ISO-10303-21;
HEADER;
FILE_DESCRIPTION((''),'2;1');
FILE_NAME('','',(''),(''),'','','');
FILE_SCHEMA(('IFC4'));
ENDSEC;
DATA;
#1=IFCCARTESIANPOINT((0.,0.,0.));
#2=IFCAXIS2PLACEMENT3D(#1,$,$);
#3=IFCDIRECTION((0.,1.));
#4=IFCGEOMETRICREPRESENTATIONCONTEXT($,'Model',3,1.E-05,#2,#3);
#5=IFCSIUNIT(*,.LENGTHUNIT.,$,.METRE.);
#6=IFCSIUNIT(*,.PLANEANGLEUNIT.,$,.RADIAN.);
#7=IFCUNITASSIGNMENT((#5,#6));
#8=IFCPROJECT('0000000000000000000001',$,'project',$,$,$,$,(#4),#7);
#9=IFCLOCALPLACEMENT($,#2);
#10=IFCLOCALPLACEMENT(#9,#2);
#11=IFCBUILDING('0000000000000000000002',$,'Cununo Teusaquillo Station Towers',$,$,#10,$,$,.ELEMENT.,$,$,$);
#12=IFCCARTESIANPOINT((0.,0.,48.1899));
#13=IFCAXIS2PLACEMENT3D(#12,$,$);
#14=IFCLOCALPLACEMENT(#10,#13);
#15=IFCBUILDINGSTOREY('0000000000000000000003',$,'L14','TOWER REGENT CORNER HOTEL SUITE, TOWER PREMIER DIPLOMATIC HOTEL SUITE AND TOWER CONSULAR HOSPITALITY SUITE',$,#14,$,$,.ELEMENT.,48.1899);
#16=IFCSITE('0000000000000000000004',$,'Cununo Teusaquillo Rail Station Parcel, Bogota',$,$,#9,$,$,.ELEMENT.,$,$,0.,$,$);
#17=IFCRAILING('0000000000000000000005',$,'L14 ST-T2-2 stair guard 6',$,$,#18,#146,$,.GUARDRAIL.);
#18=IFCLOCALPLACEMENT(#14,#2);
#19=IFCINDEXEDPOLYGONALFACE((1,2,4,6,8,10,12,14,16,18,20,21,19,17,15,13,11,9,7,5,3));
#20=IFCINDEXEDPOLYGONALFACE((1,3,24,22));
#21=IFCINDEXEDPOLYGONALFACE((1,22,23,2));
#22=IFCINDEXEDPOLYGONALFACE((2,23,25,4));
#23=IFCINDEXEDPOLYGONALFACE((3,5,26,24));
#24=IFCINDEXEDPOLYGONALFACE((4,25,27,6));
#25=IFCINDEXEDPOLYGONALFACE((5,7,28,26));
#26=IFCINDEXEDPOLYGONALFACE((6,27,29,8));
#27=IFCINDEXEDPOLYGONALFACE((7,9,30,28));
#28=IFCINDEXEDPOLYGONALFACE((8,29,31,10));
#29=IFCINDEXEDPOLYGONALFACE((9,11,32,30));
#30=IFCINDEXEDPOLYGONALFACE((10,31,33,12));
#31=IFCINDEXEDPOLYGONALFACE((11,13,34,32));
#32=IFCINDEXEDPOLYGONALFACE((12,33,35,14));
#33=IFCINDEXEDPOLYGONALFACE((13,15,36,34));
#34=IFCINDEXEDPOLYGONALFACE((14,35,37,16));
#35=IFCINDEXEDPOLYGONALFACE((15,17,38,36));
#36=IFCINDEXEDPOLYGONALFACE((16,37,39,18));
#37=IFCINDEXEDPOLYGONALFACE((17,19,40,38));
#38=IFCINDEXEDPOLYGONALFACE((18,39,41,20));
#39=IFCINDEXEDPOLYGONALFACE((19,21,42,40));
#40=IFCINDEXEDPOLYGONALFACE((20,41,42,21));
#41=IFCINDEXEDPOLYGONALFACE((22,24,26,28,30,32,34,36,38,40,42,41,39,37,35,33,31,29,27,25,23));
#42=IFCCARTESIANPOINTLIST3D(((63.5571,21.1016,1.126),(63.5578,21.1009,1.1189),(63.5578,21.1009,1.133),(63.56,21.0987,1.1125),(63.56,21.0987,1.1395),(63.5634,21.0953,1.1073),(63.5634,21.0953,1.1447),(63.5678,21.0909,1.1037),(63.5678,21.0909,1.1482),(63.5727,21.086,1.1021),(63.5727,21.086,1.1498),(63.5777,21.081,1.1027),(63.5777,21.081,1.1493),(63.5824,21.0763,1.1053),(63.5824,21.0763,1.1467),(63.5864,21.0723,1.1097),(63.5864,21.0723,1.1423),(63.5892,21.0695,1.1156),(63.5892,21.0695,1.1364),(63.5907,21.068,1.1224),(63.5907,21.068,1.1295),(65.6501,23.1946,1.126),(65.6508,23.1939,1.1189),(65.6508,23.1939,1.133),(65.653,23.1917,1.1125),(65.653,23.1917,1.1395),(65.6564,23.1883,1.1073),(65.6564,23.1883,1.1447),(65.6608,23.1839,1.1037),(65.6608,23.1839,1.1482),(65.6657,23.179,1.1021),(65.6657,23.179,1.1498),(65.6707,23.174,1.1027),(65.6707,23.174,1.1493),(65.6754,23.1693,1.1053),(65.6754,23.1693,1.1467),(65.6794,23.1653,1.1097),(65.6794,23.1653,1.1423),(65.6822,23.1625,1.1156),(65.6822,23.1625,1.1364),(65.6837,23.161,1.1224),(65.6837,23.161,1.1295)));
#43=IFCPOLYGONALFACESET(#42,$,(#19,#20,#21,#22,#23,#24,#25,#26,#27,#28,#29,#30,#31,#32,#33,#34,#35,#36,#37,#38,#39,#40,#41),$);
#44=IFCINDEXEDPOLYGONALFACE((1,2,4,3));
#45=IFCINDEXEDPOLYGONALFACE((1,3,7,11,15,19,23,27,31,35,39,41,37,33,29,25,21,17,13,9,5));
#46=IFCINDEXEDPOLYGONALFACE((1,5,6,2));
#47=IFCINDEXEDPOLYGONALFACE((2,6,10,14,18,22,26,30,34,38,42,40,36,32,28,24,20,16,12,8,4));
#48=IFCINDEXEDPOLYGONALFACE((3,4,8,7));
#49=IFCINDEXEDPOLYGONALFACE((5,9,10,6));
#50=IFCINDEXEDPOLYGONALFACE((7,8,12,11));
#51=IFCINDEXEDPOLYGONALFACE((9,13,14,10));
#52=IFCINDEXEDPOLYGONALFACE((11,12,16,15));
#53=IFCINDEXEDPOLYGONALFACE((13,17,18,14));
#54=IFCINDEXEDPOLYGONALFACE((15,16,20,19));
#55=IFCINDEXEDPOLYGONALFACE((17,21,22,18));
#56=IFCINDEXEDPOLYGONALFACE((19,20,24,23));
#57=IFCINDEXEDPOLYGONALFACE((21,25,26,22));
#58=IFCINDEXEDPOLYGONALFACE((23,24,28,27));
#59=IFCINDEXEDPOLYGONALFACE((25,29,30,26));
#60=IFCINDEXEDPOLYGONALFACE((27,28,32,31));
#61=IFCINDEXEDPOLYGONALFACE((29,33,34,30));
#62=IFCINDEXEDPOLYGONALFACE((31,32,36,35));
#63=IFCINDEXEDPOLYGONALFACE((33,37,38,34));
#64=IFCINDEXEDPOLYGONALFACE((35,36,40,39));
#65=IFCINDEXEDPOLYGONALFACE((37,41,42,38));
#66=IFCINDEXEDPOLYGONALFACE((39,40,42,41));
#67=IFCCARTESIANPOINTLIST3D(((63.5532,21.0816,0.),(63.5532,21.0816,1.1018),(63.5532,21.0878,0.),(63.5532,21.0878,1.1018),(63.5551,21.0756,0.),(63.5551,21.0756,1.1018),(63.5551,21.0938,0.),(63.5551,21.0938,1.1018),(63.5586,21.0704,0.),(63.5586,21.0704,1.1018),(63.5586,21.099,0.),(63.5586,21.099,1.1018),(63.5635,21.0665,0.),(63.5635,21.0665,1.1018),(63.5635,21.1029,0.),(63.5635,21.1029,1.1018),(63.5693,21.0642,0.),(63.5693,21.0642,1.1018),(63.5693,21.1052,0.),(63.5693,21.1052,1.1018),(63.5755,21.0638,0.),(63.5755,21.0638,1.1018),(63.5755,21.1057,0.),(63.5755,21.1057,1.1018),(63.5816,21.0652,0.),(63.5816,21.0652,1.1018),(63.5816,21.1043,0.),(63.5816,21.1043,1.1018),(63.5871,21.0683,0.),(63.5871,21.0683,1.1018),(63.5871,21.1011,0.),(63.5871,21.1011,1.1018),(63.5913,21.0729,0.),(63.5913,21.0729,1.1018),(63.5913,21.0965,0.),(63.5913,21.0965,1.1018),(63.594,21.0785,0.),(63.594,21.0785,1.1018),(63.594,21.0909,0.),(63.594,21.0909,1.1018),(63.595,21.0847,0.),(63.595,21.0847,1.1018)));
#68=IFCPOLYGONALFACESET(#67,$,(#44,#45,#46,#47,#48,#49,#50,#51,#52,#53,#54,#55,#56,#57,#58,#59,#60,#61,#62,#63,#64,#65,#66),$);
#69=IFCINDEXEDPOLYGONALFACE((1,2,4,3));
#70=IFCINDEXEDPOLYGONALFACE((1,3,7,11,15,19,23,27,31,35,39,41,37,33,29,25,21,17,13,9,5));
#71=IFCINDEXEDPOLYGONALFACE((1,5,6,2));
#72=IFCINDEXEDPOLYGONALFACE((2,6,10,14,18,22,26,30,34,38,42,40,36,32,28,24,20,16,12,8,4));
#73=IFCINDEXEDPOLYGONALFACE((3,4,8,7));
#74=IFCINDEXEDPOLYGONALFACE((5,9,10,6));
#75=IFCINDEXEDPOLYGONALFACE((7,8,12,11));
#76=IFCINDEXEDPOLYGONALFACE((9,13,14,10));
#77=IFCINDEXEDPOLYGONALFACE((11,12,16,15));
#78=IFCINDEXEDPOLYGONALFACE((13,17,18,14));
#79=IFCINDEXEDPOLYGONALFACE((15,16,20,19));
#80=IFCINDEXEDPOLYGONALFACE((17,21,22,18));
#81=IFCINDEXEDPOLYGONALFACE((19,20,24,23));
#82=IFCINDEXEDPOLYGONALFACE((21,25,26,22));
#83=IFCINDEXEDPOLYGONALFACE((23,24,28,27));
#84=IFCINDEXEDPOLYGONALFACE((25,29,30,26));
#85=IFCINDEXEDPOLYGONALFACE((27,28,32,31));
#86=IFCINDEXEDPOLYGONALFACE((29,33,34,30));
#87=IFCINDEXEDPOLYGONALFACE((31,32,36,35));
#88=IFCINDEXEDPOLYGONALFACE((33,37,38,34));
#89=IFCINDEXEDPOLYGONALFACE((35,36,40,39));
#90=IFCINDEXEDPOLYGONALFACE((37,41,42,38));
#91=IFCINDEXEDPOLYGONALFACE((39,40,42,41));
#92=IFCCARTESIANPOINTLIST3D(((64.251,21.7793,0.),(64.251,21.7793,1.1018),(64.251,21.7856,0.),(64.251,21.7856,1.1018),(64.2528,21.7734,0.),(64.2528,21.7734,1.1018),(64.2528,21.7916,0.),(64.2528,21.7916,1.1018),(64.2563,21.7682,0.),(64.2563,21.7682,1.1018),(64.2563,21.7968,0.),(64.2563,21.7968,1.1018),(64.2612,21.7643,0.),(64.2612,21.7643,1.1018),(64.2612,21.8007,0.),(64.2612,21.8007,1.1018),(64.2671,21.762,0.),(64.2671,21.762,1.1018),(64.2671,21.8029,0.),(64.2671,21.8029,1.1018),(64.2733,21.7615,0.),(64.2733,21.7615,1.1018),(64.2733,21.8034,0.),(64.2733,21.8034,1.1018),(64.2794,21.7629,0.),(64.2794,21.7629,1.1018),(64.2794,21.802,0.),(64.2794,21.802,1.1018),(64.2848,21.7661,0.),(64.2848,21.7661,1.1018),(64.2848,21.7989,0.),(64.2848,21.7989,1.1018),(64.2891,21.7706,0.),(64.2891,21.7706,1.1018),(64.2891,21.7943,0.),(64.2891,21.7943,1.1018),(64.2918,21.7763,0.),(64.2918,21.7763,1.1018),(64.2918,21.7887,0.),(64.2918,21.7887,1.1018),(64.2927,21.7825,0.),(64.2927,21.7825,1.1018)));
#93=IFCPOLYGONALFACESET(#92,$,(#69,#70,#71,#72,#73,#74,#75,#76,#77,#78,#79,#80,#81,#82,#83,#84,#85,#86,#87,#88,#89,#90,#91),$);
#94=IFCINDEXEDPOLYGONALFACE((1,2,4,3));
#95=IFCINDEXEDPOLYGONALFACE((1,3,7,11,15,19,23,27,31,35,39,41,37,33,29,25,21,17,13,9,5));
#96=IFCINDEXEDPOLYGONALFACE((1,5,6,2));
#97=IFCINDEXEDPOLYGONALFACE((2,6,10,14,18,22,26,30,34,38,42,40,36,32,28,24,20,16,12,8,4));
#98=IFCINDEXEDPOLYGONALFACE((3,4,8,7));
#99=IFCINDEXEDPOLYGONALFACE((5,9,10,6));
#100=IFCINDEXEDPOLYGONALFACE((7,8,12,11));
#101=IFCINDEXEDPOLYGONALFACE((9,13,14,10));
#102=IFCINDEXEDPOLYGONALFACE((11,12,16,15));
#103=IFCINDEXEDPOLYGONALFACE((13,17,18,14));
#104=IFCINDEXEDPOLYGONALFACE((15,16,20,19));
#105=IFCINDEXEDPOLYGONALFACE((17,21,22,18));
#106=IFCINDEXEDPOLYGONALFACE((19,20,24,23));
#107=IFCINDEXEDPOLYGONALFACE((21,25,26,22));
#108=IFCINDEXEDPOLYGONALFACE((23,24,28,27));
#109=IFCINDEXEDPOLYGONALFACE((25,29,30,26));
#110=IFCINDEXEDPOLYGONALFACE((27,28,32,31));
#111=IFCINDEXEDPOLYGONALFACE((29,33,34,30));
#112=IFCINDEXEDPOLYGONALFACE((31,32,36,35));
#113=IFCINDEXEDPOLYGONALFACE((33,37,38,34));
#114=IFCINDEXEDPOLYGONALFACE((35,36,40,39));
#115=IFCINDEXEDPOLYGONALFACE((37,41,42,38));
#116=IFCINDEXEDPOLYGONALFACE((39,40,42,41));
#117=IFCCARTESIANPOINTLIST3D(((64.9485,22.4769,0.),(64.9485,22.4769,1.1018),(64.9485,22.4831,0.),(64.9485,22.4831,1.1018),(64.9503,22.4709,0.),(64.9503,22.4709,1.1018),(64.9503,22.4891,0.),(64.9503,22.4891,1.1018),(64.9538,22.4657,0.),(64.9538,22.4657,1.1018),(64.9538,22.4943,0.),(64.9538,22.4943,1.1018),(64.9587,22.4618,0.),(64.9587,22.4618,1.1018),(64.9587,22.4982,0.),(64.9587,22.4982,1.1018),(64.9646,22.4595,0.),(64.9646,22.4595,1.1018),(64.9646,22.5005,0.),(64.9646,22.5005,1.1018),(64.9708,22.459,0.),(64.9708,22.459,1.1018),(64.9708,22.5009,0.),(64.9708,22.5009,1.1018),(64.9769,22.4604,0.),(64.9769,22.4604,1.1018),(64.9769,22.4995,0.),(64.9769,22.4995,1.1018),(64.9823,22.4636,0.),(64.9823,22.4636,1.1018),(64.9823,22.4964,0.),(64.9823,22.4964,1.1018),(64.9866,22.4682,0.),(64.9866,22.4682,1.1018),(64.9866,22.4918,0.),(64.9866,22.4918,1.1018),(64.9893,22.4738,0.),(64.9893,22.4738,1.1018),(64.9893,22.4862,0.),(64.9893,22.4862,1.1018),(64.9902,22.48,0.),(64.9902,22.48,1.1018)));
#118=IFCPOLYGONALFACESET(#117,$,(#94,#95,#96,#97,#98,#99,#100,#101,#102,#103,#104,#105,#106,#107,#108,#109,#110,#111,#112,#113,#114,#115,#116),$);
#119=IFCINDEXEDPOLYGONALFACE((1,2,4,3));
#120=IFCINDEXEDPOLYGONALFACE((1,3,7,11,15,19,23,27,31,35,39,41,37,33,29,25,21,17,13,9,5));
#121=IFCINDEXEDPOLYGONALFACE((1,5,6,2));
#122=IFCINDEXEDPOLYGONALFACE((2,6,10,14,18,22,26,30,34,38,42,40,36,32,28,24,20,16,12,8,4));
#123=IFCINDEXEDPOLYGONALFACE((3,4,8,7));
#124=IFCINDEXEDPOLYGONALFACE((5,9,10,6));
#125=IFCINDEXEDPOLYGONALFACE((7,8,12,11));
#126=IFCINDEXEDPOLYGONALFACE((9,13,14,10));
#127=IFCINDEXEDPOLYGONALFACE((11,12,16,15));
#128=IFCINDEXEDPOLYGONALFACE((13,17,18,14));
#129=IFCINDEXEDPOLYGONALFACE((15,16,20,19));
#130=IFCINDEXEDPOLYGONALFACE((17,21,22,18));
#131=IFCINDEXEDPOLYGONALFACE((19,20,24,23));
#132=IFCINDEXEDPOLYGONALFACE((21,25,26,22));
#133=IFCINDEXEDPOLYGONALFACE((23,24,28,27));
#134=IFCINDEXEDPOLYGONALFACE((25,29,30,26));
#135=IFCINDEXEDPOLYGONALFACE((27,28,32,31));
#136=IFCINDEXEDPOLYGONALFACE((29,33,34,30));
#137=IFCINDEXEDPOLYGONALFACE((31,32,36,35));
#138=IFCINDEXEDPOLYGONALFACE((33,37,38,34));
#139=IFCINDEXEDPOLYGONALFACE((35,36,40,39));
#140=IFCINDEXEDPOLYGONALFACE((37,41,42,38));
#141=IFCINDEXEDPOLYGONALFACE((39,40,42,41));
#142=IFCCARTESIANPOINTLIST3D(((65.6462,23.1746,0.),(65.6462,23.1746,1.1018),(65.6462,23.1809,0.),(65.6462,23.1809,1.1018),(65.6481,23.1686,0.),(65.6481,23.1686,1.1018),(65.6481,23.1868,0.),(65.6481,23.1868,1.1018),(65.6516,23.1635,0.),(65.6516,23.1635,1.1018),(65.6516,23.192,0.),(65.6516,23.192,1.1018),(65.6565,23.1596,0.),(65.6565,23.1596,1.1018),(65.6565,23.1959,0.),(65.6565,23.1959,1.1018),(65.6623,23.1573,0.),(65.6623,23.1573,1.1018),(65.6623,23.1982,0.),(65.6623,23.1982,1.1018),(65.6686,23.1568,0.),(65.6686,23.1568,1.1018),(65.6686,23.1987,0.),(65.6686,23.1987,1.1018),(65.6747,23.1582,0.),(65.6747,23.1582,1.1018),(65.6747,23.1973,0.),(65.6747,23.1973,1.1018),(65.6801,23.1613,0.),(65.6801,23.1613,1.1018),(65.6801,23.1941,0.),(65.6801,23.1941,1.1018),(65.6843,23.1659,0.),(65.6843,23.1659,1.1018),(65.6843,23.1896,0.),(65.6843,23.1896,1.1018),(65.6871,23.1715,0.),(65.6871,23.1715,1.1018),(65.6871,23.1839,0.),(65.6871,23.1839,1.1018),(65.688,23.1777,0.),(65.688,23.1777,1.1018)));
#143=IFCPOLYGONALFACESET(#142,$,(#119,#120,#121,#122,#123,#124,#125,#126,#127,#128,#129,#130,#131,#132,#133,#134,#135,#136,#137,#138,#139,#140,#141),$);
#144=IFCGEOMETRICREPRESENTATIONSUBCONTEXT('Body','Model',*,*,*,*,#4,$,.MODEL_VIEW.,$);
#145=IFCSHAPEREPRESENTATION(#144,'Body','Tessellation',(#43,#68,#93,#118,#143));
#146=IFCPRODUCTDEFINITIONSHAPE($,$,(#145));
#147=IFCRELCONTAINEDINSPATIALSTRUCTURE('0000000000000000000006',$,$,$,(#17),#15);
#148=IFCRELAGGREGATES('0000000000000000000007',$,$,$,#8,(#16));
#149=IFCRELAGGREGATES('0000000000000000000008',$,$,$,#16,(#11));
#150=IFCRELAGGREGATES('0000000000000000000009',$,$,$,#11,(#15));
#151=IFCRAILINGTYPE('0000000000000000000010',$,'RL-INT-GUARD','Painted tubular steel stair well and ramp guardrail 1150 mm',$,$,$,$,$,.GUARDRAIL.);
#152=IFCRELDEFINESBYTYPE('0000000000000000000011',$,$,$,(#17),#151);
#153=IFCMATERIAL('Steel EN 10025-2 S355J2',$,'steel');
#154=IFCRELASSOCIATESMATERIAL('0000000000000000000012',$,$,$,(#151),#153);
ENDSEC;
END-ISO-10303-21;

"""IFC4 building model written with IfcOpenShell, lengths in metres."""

from ifc_helpers import new_model, si_unit, direction, frame, origin, origin_2d, place, context, subcontext, project, spatial, circle, extrude, material, type_object, element, save


model = new_model("IFC4")

# Units and contexts
model_context = context("Model", 3, precision=1e-05, world=origin(), true_north=direction((0.0, 1.0)))
body_context = subcontext(model_context, "Body", "Model", "MODEL_VIEW")
ifc_project = project(units=[si_unit("LENGTHUNIT", "METRE"), si_unit("PLANEANGLEUNIT", "RADIAN")], contexts=[model_context])

# Site, building, storey
site_placement = place(None, origin())
site = spatial("IfcSite", under=ifc_project, at=site_placement, Name="Cununo Teusaquillo Rail Station Parcel, Bogota", CompositionType="ELEMENT", RefElevation=0.0)
building_placement = place(site_placement, origin())
building = spatial("IfcBuilding", under=site, at=building_placement, Name="Cununo Teusaquillo Station Towers", CompositionType="ELEMENT")
storey_placement = place(building_placement, frame((0.0, 0.0, 48.1899)))
storey = spatial("IfcBuildingStorey", under=building, at=storey_placement, Name="L14", Description="TOWER REGENT CORNER HOTEL SUITE, TOWER PREMIER DIPLOMATIC HOTEL SUITE AND TOWER CONSULAR HOSPITALITY SUITE", CompositionType="ELEMENT", Elevation=48.1899)

# Railing
ifc_material_1 = material(Name="Steel EN 10025-2 S355J2", Category="steel")
railing_type = type_object("IfcRailingType", Name="RL-INT-GUARD", Description="Painted tubular steel stair well and ramp guardrail 1150 mm", PredefinedType="GUARDRAIL", material=ifc_material_1)
railing_1_placement = place(storey_placement, frame((63.574, 21.0847, 0.0)))
element("IfcRailing", 1, at=railing_1_placement, inside=storey, type_object=railing_type, Name="L14 ST-T2-2 stair guard 6", PredefinedType="GUARDRAIL", context=body_context, shape_type="SweptSolid", body=[
    extrude(circle(Radius=0.0239, at=origin_2d()), frame((0.0, 0.0, 1.126), z_axis=(0.707107, 0.707107, 0.0), x_axis=(-0.707107, 0.707107, 0.0)), (0.0, 0.0, 1.0), 2.96),
    extrude(circle(Radius=0.021, at=origin_2d()), origin(), (0.0, 0.0, 1.0), 1.1018),
    extrude(circle(Radius=0.021, at=origin_2d()), frame((0.6978, 0.6978, 0.0)), (0.0, 0.0, 1.0), 1.1018),
    extrude(circle(Radius=0.021, at=origin_2d()), frame((1.3953, 1.3953, 0.0)), (0.0, 0.0, 1.0), 1.1018),
    extrude(circle(Radius=0.021, at=origin_2d()), frame((2.093, 2.093, 0.0)), (0.0, 0.0, 1.0), 1.1018),
])

save(model, "model.ifc")
